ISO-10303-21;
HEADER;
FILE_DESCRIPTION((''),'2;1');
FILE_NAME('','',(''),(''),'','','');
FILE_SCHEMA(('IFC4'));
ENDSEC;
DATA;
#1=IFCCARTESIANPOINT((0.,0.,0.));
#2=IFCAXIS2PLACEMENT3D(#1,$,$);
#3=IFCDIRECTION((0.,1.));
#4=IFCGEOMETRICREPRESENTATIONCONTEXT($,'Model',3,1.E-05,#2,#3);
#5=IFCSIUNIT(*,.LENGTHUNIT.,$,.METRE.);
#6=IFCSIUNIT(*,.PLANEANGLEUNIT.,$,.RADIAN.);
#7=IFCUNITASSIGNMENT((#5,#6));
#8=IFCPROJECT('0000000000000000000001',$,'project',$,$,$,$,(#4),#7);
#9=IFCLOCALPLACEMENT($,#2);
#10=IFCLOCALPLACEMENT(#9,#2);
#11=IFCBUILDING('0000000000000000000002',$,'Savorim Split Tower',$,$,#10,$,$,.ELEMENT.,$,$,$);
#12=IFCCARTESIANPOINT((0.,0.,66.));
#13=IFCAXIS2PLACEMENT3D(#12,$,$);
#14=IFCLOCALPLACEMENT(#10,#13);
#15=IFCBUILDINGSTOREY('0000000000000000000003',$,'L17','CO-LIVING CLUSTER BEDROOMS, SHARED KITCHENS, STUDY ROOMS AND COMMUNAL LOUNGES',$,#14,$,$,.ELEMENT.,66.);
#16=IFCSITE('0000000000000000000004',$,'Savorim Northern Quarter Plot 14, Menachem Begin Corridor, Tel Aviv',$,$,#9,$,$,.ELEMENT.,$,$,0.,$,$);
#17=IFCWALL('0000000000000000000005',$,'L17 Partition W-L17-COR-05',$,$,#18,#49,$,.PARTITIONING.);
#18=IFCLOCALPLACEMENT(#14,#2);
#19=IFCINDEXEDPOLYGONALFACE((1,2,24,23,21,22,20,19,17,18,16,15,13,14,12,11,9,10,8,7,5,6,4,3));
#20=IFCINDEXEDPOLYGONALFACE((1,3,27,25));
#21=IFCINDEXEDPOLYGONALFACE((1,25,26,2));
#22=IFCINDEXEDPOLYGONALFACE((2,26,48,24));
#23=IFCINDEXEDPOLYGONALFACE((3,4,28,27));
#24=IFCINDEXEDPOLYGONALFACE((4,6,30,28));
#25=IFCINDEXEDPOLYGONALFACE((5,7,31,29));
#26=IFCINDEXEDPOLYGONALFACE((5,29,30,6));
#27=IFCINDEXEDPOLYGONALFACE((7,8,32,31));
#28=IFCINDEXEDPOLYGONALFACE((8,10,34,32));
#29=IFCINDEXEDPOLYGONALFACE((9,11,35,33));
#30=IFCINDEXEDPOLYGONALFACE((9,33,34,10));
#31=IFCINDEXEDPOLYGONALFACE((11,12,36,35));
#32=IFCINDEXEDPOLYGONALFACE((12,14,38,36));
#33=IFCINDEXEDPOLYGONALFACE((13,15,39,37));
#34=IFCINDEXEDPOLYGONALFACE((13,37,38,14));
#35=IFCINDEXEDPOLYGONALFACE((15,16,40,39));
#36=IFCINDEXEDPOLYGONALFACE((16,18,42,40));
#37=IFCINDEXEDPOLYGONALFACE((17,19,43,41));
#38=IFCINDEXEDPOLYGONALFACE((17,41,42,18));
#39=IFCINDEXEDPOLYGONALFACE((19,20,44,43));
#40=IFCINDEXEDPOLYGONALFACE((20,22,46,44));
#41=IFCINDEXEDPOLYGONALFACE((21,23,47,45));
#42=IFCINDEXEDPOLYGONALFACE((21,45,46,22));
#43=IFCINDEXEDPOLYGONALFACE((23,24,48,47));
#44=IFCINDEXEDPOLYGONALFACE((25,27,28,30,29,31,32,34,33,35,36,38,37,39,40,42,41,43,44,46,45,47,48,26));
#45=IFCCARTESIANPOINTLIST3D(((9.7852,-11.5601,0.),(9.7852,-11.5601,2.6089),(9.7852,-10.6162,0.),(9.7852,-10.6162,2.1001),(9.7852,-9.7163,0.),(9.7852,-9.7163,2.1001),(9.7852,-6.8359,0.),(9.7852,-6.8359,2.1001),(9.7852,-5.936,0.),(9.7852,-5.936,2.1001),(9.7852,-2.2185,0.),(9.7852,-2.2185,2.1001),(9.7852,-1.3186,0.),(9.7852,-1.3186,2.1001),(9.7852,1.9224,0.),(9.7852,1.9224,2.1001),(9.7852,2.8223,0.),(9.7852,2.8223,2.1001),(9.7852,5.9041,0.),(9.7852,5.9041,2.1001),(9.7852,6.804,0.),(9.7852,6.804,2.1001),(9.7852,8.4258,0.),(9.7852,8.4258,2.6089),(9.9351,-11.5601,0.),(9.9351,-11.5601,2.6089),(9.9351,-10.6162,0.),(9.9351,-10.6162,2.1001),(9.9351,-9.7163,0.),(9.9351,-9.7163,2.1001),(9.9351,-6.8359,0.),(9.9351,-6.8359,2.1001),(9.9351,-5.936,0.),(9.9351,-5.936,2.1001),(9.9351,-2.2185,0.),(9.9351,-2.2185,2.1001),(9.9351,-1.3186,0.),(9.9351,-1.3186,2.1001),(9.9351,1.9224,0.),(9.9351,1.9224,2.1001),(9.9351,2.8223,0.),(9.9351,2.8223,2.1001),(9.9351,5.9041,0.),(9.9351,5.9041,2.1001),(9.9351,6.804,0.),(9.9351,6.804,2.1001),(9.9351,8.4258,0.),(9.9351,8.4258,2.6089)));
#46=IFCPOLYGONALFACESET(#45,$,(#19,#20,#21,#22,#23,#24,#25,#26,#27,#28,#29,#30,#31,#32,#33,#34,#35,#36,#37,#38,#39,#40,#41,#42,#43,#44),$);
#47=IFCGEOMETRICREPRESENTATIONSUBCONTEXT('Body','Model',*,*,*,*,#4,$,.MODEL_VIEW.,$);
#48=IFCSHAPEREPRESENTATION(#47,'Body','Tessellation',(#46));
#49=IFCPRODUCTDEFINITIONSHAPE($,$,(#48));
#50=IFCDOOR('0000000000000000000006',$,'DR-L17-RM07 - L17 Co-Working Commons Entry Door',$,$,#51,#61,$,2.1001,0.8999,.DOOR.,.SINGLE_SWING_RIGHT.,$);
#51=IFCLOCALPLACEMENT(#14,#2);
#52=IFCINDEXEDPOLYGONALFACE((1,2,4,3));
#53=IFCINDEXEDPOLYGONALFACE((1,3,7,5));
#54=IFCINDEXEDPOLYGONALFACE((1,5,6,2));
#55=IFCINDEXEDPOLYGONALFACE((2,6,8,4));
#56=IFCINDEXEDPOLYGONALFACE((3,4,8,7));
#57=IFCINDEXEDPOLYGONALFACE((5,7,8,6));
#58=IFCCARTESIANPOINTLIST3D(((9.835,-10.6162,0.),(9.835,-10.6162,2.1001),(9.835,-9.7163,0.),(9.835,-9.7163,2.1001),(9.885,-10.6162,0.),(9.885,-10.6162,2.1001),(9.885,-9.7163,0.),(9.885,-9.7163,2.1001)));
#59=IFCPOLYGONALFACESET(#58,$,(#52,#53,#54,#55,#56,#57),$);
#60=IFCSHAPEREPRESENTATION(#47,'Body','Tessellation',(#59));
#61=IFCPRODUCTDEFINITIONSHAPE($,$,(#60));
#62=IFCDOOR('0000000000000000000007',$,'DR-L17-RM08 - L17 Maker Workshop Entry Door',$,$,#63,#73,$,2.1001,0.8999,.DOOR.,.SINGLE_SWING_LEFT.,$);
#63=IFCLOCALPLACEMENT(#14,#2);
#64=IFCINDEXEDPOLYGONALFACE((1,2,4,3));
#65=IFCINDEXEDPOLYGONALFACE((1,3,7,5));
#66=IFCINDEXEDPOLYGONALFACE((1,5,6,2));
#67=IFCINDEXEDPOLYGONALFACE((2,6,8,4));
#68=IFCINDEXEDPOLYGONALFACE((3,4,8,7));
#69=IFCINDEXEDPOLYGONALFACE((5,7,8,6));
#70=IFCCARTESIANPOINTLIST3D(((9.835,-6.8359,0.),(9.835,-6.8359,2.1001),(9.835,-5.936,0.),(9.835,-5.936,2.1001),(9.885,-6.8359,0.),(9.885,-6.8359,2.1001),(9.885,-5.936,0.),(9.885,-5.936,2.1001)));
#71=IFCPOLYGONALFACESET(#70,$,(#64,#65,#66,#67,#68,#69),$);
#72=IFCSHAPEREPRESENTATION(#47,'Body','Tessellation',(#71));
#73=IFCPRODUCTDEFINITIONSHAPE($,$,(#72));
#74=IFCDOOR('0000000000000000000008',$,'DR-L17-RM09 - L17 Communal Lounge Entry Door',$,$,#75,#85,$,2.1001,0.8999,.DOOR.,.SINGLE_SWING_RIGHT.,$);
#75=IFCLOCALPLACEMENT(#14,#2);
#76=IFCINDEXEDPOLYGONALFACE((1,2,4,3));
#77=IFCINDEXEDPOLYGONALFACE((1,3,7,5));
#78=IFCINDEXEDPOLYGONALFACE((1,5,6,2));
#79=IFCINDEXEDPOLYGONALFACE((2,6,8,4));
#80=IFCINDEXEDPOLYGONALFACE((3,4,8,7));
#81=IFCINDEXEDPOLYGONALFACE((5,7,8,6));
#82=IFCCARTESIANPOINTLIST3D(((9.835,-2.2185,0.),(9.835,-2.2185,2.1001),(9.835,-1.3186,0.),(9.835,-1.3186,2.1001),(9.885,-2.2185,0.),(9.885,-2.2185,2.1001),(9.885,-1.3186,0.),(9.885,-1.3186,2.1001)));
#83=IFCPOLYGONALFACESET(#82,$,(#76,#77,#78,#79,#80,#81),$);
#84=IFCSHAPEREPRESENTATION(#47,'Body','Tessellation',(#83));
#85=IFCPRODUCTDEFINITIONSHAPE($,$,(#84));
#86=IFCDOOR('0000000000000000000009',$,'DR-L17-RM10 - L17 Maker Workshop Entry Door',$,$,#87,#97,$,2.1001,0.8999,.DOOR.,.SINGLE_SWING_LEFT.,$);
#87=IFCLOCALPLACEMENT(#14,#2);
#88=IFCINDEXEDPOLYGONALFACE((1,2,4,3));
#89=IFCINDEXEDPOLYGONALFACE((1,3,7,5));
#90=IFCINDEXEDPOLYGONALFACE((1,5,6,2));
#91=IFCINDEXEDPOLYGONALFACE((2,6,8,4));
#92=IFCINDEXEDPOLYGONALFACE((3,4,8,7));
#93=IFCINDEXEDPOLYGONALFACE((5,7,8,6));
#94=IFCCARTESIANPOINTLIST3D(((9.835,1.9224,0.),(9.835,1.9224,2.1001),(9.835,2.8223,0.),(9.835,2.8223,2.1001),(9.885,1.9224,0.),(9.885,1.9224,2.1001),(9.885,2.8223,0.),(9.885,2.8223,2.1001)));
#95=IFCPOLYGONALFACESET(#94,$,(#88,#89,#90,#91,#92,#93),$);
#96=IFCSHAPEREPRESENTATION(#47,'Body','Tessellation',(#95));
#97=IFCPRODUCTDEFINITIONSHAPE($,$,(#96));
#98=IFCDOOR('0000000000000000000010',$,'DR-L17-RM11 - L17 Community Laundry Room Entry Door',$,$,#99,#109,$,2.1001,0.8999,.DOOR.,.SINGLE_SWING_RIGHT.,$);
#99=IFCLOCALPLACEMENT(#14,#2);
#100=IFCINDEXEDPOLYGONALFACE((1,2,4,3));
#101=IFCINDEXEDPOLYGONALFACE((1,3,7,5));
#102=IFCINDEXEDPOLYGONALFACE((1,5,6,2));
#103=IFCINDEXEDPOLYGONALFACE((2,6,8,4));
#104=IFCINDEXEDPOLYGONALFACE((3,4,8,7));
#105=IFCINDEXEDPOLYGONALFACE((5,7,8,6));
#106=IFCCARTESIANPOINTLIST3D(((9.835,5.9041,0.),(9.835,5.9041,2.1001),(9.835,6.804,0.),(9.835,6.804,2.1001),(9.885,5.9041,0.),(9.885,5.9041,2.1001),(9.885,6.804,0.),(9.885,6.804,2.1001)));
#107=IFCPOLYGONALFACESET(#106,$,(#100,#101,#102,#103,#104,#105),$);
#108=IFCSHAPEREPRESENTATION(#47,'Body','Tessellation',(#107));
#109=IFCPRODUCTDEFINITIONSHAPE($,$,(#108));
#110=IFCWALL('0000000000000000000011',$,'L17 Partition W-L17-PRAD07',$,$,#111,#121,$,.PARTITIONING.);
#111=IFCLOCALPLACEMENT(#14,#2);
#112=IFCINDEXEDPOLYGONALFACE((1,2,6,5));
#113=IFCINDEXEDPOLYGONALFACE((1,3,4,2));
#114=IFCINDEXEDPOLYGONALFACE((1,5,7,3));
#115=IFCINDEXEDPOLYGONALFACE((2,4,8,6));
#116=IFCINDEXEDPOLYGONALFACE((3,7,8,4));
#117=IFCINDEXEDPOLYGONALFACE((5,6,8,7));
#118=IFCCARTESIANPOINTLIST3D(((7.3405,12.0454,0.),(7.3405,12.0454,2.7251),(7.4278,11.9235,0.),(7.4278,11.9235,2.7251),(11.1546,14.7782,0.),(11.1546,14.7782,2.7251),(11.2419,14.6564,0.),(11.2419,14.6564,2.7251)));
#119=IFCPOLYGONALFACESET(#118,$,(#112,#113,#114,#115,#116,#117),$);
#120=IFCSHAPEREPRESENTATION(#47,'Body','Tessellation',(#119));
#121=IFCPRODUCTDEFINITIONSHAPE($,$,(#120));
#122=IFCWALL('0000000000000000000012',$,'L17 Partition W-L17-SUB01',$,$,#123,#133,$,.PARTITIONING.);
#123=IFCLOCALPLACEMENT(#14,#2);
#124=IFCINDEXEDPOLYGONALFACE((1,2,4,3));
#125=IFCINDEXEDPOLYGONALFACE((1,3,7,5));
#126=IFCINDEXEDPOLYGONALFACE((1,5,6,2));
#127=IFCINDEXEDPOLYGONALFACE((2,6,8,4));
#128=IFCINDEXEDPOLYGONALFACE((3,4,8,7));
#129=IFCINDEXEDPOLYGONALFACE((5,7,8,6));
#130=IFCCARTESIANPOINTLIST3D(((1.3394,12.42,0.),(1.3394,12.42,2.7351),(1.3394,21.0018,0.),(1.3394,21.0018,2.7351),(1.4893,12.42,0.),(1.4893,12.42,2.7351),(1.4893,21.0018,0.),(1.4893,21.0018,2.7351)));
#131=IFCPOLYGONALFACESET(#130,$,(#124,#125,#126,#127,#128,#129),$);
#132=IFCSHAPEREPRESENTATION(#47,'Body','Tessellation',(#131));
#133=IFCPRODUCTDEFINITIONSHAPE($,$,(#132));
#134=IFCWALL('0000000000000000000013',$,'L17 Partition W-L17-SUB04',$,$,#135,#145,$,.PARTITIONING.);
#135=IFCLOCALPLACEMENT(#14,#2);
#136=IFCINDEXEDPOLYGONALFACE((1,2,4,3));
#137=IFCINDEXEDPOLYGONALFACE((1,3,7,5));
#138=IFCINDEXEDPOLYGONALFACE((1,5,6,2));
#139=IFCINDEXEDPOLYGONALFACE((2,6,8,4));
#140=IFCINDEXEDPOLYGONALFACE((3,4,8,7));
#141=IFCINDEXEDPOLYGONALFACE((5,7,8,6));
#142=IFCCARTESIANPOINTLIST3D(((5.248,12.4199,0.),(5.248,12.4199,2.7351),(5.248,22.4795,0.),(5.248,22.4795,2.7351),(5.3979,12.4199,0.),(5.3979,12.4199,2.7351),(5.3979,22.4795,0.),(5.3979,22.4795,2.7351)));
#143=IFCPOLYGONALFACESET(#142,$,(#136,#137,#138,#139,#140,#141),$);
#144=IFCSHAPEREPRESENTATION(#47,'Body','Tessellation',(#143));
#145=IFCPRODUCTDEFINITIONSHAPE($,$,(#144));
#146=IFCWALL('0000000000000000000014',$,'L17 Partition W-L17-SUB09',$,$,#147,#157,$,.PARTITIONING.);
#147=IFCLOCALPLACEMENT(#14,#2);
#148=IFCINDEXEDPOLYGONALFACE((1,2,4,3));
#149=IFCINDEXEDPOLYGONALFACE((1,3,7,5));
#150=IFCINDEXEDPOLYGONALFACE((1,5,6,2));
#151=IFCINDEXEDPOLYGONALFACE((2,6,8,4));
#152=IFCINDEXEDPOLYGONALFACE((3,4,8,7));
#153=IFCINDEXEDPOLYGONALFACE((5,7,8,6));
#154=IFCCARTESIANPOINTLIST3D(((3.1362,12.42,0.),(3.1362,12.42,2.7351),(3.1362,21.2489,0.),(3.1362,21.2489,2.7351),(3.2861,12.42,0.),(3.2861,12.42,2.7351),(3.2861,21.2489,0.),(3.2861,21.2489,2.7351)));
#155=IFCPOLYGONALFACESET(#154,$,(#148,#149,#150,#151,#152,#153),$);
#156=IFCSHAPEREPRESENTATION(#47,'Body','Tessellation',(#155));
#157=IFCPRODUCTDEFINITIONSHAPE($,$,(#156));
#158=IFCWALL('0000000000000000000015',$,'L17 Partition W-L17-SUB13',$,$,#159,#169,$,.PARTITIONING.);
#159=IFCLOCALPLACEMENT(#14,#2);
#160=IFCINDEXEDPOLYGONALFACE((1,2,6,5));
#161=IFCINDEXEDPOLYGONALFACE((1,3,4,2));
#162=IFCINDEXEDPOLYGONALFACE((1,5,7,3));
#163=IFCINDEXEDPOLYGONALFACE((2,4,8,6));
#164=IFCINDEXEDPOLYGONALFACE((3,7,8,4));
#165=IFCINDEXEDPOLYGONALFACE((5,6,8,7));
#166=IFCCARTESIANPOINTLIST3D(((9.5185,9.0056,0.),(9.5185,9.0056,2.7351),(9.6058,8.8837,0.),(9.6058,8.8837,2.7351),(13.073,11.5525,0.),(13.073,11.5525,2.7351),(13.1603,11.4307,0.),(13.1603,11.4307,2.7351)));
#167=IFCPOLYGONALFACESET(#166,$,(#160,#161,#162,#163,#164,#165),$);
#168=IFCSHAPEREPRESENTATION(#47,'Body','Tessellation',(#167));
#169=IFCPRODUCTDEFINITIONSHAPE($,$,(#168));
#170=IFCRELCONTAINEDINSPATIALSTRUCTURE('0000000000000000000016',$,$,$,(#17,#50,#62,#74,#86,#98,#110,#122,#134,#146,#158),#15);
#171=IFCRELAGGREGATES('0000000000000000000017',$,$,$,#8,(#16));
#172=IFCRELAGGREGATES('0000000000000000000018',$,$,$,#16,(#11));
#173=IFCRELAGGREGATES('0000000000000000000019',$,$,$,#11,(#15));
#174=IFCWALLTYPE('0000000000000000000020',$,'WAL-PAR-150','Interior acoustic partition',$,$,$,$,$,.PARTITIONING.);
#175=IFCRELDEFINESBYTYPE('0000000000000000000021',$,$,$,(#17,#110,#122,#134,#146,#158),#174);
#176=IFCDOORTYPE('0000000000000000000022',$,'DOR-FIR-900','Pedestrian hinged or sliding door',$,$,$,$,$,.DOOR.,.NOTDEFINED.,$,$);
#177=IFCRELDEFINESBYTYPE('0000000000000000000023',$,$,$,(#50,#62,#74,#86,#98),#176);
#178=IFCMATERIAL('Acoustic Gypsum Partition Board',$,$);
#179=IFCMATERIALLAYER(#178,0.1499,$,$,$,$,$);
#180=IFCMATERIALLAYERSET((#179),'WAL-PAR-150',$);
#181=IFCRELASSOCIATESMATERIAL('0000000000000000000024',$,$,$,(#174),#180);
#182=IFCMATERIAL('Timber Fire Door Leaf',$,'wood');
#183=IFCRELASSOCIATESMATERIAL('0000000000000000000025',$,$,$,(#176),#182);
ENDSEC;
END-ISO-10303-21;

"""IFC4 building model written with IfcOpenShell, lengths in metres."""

from ifc_helpers import new_model, si_unit, direction, frame, frame_2d, origin, place, context, subcontext, project, spatial, rectangle, extrude, material, layer, layer_set, type_object, element, fill, save


model = new_model("IFC4")

# Units and contexts
model_context = context("Model", 3, precision=1e-05, world=origin(), true_north=direction((0.0, 1.0)))
body_context = subcontext(model_context, "Body", "Model", "MODEL_VIEW")
ifc_project = project(units=[si_unit("LENGTHUNIT", "METRE"), si_unit("PLANEANGLEUNIT", "RADIAN")], contexts=[model_context])

# Site, building, storey
site_placement = place(None, origin())
site = spatial("IfcSite", under=ifc_project, at=site_placement, Name="Savorim Northern Quarter Plot 14, Menachem Begin Corridor, Tel Aviv", CompositionType="ELEMENT", RefElevation=0.0)
building_placement = place(site_placement, origin())
building = spatial("IfcBuilding", under=site, at=building_placement, Name="Savorim Split Tower", CompositionType="ELEMENT")
storey_placement = place(building_placement, frame((0.0, 0.0, 66.0)))
storey = spatial("IfcBuildingStorey", under=building, at=storey_placement, Name="L17", Description="CO-LIVING CLUSTER BEDROOMS, SHARED KITCHENS, STUDY ROOMS AND COMMUNAL LOUNGES", CompositionType="ELEMENT", Elevation=66.0)

# Shared definitions
ifc_material_1 = material(Name="Timber Fire Door Leaf", Category="wood")

# Shared definitions
ifc_material_2 = material(Name="Acoustic Gypsum Partition Board")
ifc_layer_1 = layer(ifc_material_2, 0.1499)
ifc_layer_set_1 = layer_set([ifc_layer_1], Name="WAL-PAR-150")
wall_type_1 = type_object("IfcWallType", Name="WAL-PAR-150", Description="Interior acoustic partition", PredefinedType="PARTITIONING", material=ifc_layer_set_1)
door_type_1 = type_object("IfcDoorType", Name="DOR-FIR-900", Description="Pedestrian hinged or sliding door", OperationType="NOTDEFINED", PredefinedType="DOOR", material=ifc_material_1)

# Wall, openings, doors
wall_1_placement = place(storey_placement, frame((9.8601, 8.4258, 0.0), z_axis=(0.0, 0.0, 1.0), x_axis=(0.0, -1.0, 0.0)))
wall_1 = element("IfcWall", 1, at=wall_1_placement, inside=storey, type_object=wall_type_1, Name="L17 Partition W-L17-COR-05", PredefinedType="PARTITIONING", context=body_context, shape_type="SweptSolid", body=[
    extrude(rectangle(XDim=19.9858, YDim=0.1499, at=frame_2d((9.9929, 0.0))), origin(), (0.0, 0.0, 1.0), 2.6089),
])
opening_1_placement = place(wall_1_placement, frame((18.1421, 0.0, 0.0)))
opening_1 = element("IfcOpeningElement", 2, at=opening_1_placement, cuts=wall_1, PredefinedType="OPENING", context=body_context, shape_type="SweptSolid", body=[
    extrude(rectangle(XDim=0.8999, YDim=2.1001, at=frame_2d((0.45, 1.05))), frame((0.0, 0.085, 0.0), z_axis=(0.0, -1.0, 0.0), x_axis=(1.0, 0.0, 0.0)), (0.0, 0.0, 1.0), 0.1699),
])
opening_2_placement = place(wall_1_placement, frame((14.3618, 0.0, 0.0)))
opening_2 = element("IfcOpeningElement", 3, at=opening_2_placement, cuts=wall_1, PredefinedType="OPENING", context=body_context, shape_type="SweptSolid", body=[
    extrude(rectangle(XDim=0.8999, YDim=2.1001, at=frame_2d((0.45, 1.05))), frame((0.0, 0.085, 0.0), z_axis=(0.0, -1.0, 0.0), x_axis=(1.0, 0.0, 0.0)), (0.0, 0.0, 1.0), 0.1699),
])
opening_3_placement = place(wall_1_placement, frame((9.7444, 0.0, 0.0)))
opening_3 = element("IfcOpeningElement", 4, at=opening_3_placement, cuts=wall_1, PredefinedType="OPENING", context=body_context, shape_type="SweptSolid", body=[
    extrude(rectangle(XDim=0.8999, YDim=2.1001, at=frame_2d((0.45, 1.05))), frame((0.0, 0.085, 0.0), z_axis=(0.0, -1.0, 0.0), x_axis=(1.0, 0.0, 0.0)), (0.0, 0.0, 1.0), 0.1699),
])
opening_4_placement = place(wall_1_placement, frame((5.6035, 0.0, 0.0)))
opening_4 = element("IfcOpeningElement", 5, at=opening_4_placement, cuts=wall_1, PredefinedType="OPENING", context=body_context, shape_type="SweptSolid", body=[
    extrude(rectangle(XDim=0.8999, YDim=2.1001, at=frame_2d((0.45, 1.05))), frame((0.0, 0.085, 0.0), z_axis=(0.0, -1.0, 0.0), x_axis=(1.0, 0.0, 0.0)), (0.0, 0.0, 1.0), 0.1699),
])
opening_5_placement = place(wall_1_placement, frame((1.6218, 0.0, 0.0)))
opening_5 = element("IfcOpeningElement", 6, at=opening_5_placement, cuts=wall_1, PredefinedType="OPENING", context=body_context, shape_type="SweptSolid", body=[
    extrude(rectangle(XDim=0.8999, YDim=2.1001, at=frame_2d((0.45, 1.05))), frame((0.0, 0.085, 0.0), z_axis=(0.0, -1.0, 0.0), x_axis=(1.0, 0.0, 0.0)), (0.0, 0.0, 1.0), 0.1699),
])
door_1_placement = place(opening_1_placement, origin())
door_1 = element("IfcDoor", 7, at=door_1_placement, inside=storey, type_object=door_type_1, Name="DR-L17-RM07 - L17 Co-Working Commons Entry Door", OperationType="SINGLE_SWING_RIGHT", OverallHeight=2.1001, OverallWidth=0.8999, PredefinedType="DOOR", context=body_context, shape_type="SweptSolid", body=[
    extrude(rectangle(XDim=0.8999, YDim=2.1001, at=frame_2d((0.45, 1.05))), frame((0.0, 0.0249, 0.0), z_axis=(0.0, -1.0, 0.0), x_axis=(1.0, 0.0, 0.0)), (0.0, 0.0, 1.0), 0.05),
])
fill(opening_1, door_1)
door_2_placement = place(opening_2_placement, origin())
door_2 = element("IfcDoor", 8, at=door_2_placement, inside=storey, type_object=door_type_1, Name="DR-L17-RM08 - L17 Maker Workshop Entry Door", OperationType="SINGLE_SWING_LEFT", OverallHeight=2.1001, OverallWidth=0.8999, PredefinedType="DOOR", context=body_context, shape_type="SweptSolid", body=[
    extrude(rectangle(XDim=0.8999, YDim=2.1001, at=frame_2d((0.45, 1.05))), frame((0.0, 0.0249, 0.0), z_axis=(0.0, -1.0, 0.0), x_axis=(1.0, 0.0, 0.0)), (0.0, 0.0, 1.0), 0.05),
])
fill(opening_2, door_2)
door_3_placement = place(opening_3_placement, origin())
door_3 = element("IfcDoor", 9, at=door_3_placement, inside=storey, type_object=door_type_1, Name="DR-L17-RM09 - L17 Communal Lounge Entry Door", OperationType="SINGLE_SWING_RIGHT", OverallHeight=2.1001, OverallWidth=0.8999, PredefinedType="DOOR", context=body_context, shape_type="SweptSolid", body=[
    extrude(rectangle(XDim=0.8999, YDim=2.1001, at=frame_2d((0.45, 1.05))), frame((0.0, 0.0249, 0.0), z_axis=(0.0, -1.0, 0.0), x_axis=(1.0, 0.0, 0.0)), (0.0, 0.0, 1.0), 0.05),
])
fill(opening_3, door_3)
door_4_placement = place(opening_4_placement, origin())
door_4 = element("IfcDoor", 10, at=door_4_placement, inside=storey, type_object=door_type_1, Name="DR-L17-RM10 - L17 Maker Workshop Entry Door", OperationType="SINGLE_SWING_LEFT", OverallHeight=2.1001, OverallWidth=0.8999, PredefinedType="DOOR", context=body_context, shape_type="SweptSolid", body=[
    extrude(rectangle(XDim=0.8999, YDim=2.1001, at=frame_2d((0.45, 1.05))), frame((0.0, 0.0249, 0.0), z_axis=(0.0, -1.0, 0.0), x_axis=(1.0, 0.0, 0.0)), (0.0, 0.0, 1.0), 0.05),
])
fill(opening_4, door_4)
door_5_placement = place(opening_5_placement, origin())
door_5 = element("IfcDoor", 11, at=door_5_placement, inside=storey, type_object=door_type_1, Name="DR-L17-RM11 - L17 Community Laundry Room Entry Door", OperationType="SINGLE_SWING_RIGHT", OverallHeight=2.1001, OverallWidth=0.8999, PredefinedType="DOOR", context=body_context, shape_type="SweptSolid", body=[
    extrude(rectangle(XDim=0.8999, YDim=2.1001, at=frame_2d((0.45, 1.05))), frame((0.0, 0.0249, 0.0), z_axis=(0.0, -1.0, 0.0), x_axis=(1.0, 0.0, 0.0)), (0.0, 0.0, 1.0), 0.05),
])
fill(opening_5, door_5)

# Walls
wall_2_placement = place(storey_placement, frame((7.384, 11.9844, 0.0), z_axis=(0.0, 0.0, 1.0), x_axis=(0.812878, 0.582434, 0.0)))
element("IfcWall", 12, at=wall_2_placement, inside=storey, type_object=wall_type_1, Name="L17 Partition W-L17-PRAD07", PredefinedType="PARTITIONING", context=body_context, shape_type="SweptSolid", body=[
    extrude(rectangle(XDim=4.6921, YDim=0.1499, at=frame_2d((2.3462, 0.0))), origin(), (0.0, 0.0, 1.0), 2.7251),
])
wall_3_placement = place(storey_placement, frame((1.4143, 12.4199, 0.0), z_axis=(0.0, 0.0, 1.0), x_axis=(0.0, 1.0, 0.0)))
element("IfcWall", 13, at=wall_3_placement, inside=storey, type_object=wall_type_1, Name="L17 Partition W-L17-SUB01", PredefinedType="PARTITIONING", context=body_context, shape_type="SweptSolid", body=[
    extrude(rectangle(XDim=8.5818, YDim=0.1499, at=frame_2d((4.291, 0.0))), origin(), (0.0, 0.0, 1.0), 2.7351),
])
wall_4_placement = place(storey_placement, frame((5.323, 12.4199, 0.0), z_axis=(0.0, 0.0, 1.0), x_axis=(0.0, 1.0, 0.0)))
element("IfcWall", 14, at=wall_4_placement, inside=storey, type_object=wall_type_1, Name="L17 Partition W-L17-SUB04", PredefinedType="PARTITIONING", context=body_context, shape_type="SweptSolid", body=[
    extrude(rectangle(XDim=10.0596, YDim=0.1499, at=frame_2d((5.0298, 0.0))), origin(), (0.0, 0.0, 1.0), 2.7351),
])
wall_5_placement = place(storey_placement, frame((3.2112, 12.4199, 0.0), z_axis=(0.0, 0.0, 1.0), x_axis=(0.0, 1.0, 0.0)))
element("IfcWall", 15, at=wall_5_placement, inside=storey, type_object=wall_type_1, Name="L17 Partition W-L17-SUB09", PredefinedType="PARTITIONING", context=body_context, shape_type="SweptSolid", body=[
    extrude(rectangle(XDim=8.8289, YDim=0.1499, at=frame_2d((4.4146, 0.0))), origin(), (0.0, 0.0, 1.0), 2.7351),
])
wall_6_placement = place(storey_placement, frame((9.562, 8.9446, 0.0), z_axis=(0.0, 0.0, 1.0), x_axis=(0.812869, 0.582447, 0.0)))
element("IfcWall", 16, at=wall_6_placement, inside=storey, type_object=wall_type_1, Name="L17 Partition W-L17-SUB13", PredefinedType="PARTITIONING", context=body_context, shape_type="SweptSolid", body=[
    extrude(rectangle(XDim=4.3728, YDim=0.1499, at=frame_2d((2.1865, 0.0))), origin(), (0.0, 0.0, 1.0), 2.7351),
])

save(model, "model.ifc")
